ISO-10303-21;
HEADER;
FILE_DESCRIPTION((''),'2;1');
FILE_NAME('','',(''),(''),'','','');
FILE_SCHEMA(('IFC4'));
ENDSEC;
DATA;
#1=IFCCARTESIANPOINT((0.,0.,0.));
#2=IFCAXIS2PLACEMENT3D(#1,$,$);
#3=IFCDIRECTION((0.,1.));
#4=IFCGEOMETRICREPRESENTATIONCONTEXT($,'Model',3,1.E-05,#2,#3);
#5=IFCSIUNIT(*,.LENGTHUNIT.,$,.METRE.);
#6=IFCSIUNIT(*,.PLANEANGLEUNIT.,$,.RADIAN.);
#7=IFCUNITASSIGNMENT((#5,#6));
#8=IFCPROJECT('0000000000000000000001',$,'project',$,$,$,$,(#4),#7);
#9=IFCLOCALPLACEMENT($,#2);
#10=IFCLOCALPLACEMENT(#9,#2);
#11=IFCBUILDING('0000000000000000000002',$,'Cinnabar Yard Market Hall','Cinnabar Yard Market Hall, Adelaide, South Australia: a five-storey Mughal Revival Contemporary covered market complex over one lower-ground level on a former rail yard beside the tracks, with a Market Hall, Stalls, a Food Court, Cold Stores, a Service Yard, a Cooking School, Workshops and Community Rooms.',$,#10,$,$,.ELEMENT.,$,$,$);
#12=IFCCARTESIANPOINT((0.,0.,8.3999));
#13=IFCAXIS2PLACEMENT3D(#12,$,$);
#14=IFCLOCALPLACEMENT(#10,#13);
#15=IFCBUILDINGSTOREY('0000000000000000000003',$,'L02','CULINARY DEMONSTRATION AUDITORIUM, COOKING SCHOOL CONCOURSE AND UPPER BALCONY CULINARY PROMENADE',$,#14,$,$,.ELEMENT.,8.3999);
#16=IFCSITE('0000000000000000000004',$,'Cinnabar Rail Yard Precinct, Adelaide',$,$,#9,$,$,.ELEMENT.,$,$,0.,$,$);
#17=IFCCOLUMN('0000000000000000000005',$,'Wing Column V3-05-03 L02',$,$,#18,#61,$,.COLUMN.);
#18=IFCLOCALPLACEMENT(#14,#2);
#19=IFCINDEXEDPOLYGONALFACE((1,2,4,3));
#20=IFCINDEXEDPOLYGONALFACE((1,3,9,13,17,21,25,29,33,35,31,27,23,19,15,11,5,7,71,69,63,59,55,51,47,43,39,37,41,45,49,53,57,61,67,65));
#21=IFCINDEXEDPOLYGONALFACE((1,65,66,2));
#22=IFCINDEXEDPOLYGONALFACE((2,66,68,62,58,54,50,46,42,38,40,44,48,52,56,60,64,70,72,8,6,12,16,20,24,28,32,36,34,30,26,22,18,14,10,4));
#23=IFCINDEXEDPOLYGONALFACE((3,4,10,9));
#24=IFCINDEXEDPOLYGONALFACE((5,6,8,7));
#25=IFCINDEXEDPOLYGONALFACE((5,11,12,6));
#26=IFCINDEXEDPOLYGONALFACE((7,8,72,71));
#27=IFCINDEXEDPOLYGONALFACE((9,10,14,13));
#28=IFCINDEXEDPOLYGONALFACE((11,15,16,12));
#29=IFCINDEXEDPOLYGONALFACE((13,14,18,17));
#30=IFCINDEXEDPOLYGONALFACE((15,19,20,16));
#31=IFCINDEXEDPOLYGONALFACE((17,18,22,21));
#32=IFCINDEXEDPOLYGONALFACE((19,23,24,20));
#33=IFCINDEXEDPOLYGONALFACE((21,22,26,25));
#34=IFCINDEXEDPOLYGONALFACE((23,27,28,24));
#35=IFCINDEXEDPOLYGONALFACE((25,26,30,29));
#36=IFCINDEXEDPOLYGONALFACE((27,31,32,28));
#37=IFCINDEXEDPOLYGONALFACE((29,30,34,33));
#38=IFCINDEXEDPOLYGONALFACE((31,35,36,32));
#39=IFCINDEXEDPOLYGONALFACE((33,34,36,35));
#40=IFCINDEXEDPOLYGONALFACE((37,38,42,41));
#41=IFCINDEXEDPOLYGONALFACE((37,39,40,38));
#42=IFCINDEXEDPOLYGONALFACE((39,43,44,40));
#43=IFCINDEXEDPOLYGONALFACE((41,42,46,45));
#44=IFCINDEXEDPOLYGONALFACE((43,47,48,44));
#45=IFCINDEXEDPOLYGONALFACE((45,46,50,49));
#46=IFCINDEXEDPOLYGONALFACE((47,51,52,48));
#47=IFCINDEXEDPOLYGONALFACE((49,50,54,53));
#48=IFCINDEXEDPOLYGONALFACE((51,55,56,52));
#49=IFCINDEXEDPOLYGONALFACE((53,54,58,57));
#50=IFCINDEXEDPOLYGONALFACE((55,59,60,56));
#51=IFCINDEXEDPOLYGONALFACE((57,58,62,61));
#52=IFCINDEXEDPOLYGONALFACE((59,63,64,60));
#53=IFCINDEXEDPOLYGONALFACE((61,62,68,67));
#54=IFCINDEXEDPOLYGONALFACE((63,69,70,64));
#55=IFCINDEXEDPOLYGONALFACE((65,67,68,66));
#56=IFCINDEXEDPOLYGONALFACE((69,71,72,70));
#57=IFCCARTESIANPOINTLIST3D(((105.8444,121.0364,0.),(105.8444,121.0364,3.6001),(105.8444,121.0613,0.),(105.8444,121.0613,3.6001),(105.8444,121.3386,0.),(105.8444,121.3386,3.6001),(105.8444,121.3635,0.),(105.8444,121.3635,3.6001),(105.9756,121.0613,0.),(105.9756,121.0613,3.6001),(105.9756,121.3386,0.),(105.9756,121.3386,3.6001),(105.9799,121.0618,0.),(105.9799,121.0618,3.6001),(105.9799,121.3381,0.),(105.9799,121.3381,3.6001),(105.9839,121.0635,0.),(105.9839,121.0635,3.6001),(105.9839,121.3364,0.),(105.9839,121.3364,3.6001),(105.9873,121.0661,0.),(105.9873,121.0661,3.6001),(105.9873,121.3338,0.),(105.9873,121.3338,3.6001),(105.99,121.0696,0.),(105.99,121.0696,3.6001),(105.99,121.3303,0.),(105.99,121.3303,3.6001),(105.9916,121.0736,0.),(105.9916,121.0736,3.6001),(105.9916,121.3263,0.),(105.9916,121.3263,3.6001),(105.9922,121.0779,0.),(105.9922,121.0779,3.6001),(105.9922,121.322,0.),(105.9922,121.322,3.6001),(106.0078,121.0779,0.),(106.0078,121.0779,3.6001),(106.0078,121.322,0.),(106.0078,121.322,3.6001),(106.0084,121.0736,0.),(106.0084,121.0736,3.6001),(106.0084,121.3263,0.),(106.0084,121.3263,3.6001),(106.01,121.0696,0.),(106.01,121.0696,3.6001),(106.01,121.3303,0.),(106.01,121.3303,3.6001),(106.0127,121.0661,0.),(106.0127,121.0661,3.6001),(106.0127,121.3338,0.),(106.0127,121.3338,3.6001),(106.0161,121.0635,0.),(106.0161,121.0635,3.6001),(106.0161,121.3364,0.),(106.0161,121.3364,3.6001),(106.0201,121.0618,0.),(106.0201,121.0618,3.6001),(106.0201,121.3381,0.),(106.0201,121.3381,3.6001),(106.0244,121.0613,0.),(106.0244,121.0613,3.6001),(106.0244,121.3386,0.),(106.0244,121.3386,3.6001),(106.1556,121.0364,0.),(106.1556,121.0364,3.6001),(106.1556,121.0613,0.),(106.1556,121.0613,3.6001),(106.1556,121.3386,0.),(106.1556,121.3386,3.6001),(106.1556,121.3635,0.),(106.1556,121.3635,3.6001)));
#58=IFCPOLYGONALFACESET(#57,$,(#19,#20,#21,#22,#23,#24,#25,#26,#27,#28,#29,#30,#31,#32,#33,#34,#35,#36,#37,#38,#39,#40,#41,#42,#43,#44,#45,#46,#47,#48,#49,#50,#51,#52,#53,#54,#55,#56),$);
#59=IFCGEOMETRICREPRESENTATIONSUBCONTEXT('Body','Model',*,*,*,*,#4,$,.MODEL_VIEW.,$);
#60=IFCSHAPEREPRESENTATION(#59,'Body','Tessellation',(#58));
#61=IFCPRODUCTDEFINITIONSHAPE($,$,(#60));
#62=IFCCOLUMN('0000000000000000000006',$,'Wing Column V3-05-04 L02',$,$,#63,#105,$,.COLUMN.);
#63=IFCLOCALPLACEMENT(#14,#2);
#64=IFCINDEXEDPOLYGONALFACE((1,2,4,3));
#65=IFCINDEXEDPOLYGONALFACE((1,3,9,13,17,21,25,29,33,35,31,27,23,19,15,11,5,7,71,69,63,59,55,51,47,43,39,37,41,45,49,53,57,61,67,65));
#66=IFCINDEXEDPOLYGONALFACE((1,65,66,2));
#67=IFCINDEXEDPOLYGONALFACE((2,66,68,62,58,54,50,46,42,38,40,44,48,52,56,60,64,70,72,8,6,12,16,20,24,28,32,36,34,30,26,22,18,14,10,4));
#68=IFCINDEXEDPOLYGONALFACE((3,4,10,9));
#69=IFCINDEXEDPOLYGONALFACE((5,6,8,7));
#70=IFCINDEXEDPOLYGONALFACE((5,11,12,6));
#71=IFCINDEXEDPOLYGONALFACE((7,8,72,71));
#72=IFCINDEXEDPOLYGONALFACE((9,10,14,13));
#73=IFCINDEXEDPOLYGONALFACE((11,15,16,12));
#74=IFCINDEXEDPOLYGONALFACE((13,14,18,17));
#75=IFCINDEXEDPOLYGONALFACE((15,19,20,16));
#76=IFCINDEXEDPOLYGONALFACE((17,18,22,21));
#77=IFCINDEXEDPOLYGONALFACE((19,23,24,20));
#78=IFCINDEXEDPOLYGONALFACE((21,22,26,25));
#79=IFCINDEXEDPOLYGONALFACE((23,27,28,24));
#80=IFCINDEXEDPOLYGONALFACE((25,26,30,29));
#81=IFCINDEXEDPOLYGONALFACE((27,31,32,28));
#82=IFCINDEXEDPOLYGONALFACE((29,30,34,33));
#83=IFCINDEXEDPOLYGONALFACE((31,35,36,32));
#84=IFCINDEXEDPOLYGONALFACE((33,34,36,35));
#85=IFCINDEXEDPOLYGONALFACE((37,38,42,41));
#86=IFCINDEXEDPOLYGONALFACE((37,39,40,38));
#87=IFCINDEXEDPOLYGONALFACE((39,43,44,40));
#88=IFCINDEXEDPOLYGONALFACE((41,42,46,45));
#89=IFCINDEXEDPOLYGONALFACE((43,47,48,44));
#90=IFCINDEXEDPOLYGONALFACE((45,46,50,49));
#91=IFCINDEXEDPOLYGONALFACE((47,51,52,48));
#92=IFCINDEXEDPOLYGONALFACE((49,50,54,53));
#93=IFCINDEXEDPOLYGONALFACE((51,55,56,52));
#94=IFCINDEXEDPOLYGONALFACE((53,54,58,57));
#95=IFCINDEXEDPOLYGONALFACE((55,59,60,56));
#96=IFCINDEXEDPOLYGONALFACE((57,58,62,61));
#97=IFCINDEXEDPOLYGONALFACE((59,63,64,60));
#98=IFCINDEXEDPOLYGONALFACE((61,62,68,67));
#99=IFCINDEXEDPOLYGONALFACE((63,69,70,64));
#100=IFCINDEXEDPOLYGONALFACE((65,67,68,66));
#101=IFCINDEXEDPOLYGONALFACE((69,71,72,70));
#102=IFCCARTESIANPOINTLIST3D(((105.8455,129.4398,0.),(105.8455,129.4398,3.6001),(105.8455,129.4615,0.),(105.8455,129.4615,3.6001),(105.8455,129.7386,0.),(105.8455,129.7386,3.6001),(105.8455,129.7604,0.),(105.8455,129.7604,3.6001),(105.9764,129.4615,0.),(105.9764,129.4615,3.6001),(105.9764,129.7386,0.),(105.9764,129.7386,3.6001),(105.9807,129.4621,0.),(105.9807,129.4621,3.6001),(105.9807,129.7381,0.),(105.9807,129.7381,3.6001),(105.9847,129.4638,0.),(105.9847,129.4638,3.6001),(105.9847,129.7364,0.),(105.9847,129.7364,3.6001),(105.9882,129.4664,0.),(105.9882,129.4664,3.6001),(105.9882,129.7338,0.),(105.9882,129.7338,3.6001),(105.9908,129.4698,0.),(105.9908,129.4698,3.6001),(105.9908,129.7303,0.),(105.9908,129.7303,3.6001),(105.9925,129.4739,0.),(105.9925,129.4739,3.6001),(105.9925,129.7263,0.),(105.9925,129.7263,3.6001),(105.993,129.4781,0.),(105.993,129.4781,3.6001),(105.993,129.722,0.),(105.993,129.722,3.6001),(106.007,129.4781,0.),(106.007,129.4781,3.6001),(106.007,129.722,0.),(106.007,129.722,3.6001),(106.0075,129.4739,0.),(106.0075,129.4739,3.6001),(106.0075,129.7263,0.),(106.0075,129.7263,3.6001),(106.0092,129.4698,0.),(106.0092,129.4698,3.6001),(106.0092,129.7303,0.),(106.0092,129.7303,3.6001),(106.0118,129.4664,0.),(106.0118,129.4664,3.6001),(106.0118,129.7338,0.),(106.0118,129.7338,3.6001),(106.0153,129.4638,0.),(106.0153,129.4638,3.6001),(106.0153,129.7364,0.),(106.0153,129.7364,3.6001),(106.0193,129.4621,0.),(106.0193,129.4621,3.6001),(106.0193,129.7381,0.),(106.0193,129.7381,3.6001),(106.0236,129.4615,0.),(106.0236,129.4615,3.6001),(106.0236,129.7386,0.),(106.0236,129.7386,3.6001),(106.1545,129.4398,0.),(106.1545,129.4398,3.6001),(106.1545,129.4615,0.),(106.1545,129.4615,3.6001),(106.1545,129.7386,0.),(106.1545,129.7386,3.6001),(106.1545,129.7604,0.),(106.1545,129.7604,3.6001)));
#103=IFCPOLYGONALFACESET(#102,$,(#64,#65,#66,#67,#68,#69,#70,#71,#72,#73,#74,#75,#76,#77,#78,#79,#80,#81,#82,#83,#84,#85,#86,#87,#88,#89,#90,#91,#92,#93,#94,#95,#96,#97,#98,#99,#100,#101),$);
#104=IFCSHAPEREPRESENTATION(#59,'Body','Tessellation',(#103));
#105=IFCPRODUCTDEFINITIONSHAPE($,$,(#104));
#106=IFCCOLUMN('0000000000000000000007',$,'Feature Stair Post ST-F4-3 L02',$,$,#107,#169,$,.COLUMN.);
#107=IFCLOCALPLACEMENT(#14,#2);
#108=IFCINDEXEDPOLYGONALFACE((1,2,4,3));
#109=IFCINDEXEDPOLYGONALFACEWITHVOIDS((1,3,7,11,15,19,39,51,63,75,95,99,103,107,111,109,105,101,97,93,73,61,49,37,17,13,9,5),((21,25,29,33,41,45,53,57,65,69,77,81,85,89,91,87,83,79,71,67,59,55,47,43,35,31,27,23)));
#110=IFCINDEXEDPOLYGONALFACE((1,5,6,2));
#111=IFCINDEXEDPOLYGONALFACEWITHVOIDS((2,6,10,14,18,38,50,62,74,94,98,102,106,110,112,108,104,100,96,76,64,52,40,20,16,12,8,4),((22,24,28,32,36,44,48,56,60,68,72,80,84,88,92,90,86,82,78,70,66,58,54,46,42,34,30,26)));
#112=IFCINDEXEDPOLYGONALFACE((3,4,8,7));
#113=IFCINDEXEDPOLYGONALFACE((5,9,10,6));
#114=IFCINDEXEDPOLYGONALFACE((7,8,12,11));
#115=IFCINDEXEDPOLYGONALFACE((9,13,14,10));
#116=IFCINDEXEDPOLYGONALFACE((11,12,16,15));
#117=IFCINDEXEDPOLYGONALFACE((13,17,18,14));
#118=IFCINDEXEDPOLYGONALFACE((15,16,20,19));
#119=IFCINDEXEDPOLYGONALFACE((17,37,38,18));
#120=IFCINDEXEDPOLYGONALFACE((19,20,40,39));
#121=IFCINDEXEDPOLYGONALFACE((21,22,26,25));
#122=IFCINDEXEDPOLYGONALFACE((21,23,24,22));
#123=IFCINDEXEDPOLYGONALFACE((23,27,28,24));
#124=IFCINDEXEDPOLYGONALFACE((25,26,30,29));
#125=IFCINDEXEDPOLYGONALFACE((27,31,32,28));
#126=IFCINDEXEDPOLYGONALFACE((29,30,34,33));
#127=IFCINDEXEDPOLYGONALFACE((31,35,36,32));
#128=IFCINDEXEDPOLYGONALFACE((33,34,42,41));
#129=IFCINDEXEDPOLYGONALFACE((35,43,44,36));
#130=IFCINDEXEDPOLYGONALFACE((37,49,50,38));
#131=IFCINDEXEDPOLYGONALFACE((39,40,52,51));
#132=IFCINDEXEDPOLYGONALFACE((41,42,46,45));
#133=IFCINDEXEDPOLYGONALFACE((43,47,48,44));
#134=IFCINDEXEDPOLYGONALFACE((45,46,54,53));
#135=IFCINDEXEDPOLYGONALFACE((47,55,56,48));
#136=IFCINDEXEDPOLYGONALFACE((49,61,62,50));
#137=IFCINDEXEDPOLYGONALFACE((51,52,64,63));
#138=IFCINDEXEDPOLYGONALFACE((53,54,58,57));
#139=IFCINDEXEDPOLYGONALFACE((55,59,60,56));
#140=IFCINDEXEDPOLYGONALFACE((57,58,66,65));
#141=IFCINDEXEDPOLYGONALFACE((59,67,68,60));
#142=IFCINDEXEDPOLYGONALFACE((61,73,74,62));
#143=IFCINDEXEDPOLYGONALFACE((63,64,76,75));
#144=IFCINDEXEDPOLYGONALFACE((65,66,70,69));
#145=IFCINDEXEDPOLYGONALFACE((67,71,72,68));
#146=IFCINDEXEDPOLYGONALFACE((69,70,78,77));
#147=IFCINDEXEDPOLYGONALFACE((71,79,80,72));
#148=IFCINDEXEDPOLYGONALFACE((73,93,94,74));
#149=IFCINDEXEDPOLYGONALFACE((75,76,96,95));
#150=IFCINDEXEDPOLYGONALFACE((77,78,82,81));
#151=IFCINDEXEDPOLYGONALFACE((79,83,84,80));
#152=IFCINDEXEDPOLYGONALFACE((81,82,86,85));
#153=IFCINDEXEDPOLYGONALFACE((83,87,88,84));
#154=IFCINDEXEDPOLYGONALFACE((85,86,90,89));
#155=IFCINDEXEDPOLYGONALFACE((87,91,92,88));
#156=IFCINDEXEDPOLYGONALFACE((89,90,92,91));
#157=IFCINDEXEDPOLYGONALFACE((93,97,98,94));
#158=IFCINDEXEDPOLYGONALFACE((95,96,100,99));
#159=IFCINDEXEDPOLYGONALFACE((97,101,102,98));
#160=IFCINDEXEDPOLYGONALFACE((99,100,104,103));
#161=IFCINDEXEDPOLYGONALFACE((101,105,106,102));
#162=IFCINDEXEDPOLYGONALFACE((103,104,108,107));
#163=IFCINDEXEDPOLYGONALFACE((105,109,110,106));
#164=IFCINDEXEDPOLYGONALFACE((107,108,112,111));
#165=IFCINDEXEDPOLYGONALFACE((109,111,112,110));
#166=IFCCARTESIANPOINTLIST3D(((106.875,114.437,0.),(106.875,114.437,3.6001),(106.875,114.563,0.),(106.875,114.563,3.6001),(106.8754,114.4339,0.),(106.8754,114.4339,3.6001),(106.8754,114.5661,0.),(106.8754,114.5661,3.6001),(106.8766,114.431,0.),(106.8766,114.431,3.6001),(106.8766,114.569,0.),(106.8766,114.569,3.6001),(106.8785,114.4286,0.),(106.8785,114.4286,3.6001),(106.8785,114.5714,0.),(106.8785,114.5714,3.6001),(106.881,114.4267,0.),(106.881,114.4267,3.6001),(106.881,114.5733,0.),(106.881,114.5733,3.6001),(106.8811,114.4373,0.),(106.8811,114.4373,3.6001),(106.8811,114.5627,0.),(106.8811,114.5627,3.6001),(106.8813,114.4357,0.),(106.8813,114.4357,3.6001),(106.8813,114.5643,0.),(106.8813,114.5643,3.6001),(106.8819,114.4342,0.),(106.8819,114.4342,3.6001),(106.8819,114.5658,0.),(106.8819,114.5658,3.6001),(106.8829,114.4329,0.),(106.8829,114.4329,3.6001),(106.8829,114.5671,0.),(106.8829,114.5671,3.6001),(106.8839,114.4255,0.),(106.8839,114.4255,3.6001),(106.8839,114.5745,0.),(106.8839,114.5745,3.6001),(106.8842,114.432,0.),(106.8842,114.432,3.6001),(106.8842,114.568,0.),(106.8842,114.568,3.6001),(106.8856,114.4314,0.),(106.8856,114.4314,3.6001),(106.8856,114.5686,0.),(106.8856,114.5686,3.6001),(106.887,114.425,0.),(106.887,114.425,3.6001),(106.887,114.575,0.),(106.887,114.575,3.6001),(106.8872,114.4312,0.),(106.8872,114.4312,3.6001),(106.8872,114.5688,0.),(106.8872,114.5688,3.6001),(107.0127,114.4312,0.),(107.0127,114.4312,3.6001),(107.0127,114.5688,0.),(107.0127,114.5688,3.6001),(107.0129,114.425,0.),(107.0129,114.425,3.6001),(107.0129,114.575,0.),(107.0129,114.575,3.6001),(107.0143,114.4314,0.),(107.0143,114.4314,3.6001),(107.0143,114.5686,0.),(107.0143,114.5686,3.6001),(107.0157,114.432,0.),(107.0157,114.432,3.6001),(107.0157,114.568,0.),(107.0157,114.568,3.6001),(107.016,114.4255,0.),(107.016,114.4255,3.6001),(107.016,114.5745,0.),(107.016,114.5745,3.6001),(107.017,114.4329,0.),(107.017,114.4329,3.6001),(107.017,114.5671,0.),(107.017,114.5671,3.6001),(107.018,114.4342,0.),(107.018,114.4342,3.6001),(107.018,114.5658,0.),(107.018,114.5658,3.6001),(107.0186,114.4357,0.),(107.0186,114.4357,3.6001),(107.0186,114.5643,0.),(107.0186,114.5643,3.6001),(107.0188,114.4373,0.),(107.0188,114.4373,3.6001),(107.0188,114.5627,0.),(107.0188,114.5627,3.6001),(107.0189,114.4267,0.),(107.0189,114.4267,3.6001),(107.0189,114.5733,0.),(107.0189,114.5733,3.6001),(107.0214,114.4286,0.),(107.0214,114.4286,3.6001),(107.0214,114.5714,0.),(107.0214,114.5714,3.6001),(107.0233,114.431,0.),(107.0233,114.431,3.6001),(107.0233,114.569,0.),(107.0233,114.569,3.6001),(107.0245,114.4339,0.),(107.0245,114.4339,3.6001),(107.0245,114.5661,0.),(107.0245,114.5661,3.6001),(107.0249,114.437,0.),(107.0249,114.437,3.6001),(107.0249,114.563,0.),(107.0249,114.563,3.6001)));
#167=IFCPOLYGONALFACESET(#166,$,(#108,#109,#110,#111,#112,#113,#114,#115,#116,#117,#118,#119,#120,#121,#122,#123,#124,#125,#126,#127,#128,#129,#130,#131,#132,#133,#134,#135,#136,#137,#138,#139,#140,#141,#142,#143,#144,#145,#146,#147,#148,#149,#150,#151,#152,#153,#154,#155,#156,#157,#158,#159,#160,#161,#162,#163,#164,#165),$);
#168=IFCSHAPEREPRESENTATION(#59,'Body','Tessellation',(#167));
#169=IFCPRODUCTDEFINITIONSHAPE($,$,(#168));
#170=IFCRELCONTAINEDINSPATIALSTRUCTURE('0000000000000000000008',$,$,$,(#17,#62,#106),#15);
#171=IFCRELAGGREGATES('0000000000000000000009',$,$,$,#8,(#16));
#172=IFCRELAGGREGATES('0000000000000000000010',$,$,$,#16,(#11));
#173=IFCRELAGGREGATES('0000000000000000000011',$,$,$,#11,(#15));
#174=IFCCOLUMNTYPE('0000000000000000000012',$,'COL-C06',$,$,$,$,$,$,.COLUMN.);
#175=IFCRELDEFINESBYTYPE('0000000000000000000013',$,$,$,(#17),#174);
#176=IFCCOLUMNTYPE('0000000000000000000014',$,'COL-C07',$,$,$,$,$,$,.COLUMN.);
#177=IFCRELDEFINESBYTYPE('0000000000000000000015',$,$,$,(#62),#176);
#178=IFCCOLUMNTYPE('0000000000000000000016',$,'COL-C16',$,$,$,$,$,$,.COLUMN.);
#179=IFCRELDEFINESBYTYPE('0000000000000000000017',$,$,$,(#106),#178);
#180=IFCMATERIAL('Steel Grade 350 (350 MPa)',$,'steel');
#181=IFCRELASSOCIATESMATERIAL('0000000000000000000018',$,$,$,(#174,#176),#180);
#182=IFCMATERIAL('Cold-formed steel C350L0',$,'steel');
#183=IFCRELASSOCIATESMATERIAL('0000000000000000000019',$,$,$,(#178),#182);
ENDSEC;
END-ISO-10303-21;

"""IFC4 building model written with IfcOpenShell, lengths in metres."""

from ifc_helpers import new_model, si_unit, direction, frame, origin, origin_2d_with_axis, place, context, subcontext, project, spatial, hollow_rectangle, i_section, extrude, material, material_profile, profile_set, type_object, element, save


model = new_model("IFC4")

# Units and contexts
model_context = context("Model", 3, precision=1e-05, world=origin(), true_north=direction((0.0, 1.0)))
body_context = subcontext(model_context, "Body", "Model", "MODEL_VIEW")
ifc_project = project(units=[si_unit("LENGTHUNIT", "METRE"), si_unit("PLANEANGLEUNIT", "RADIAN")], contexts=[model_context])

# Site, building, storey
site_placement = place(None, origin())
site = spatial("IfcSite", under=ifc_project, at=site_placement, Name="Cinnabar Rail Yard Precinct, Adelaide", CompositionType="ELEMENT", RefElevation=0.0)
building_placement = place(site_placement, origin())
building = spatial("IfcBuilding", under=site, at=building_placement, Name="Cinnabar Yard Market Hall", Description="Cinnabar Yard Market Hall, Adelaide, South Australia: a five-storey Mughal Revival Contemporary covered market complex over one lower-ground level on a former rail yard beside the tracks, with a Market Hall, Stalls, a Food Court, Cold Stores, a Service Yard, a Cooking School, Workshops and Community Rooms.", CompositionType="ELEMENT")
storey_placement = place(building_placement, frame((0.0, 0.0, 8.3999)))
storey = spatial("IfcBuildingStorey", under=building, at=storey_placement, Name="L02", Description="CULINARY DEMONSTRATION AUDITORIUM, COOKING SCHOOL CONCOURSE AND UPPER BALCONY CULINARY PROMENADE", CompositionType="ELEMENT", Elevation=8.3999)

# Columns
ifc_material_1 = material(Name="Steel Grade 350 (350 MPa)", Category="steel")
ifc_material_profile_1 = material_profile(ifc_material_1, i_section(OverallWidth=0.3113, OverallDepth=0.3271, WebThickness=0.0156, FlangeThickness=0.0249, FilletRadius=0.0166, at=origin_2d_with_axis()), Name="310UC158")
ifc_profile_set_1 = profile_set([ifc_material_profile_1], Name="Steel Grade 350 (350 MPa)")
column_type_1 = type_object("IfcColumnType", Name="COL-C06", PredefinedType="COLUMN", material=ifc_profile_set_1)
column_1_placement = place(storey_placement, frame((106.0, 121.2, 0.0), z_axis=(0.0, 0.0, 1.0), x_axis=(1.0, 0.0, 0.0)))
element("IfcColumn", 1, at=column_1_placement, inside=storey, type_object=column_type_1, Name="Wing Column V3-05-03 L02", PredefinedType="COLUMN", context=body_context, shape_type="SweptSolid", body=[
    extrude(i_section(OverallWidth=0.3113, OverallDepth=0.3271, WebThickness=0.0156, FlangeThickness=0.0249, FilletRadius=0.0166, at=origin_2d_with_axis()), origin(), (0.0, 0.0, 1.0), 3.6001),
])
ifc_material_profile_2 = material_profile(ifc_material_1, i_section(OverallWidth=0.3091, OverallDepth=0.3206, WebThickness=0.0139, FlangeThickness=0.0217, FilletRadius=0.0166, at=origin_2d_with_axis()), Name="310UC137")
ifc_profile_set_2 = profile_set([ifc_material_profile_2], Name="Steel Grade 350 (350 MPa)")
column_type_2 = type_object("IfcColumnType", Name="COL-C07", PredefinedType="COLUMN", material=ifc_profile_set_2)
column_2_placement = place(storey_placement, frame((106.0, 129.6001, 0.0), z_axis=(0.0, 0.0, 1.0), x_axis=(1.0, 0.0, 0.0)))
element("IfcColumn", 2, at=column_2_placement, inside=storey, type_object=column_type_2, Name="Wing Column V3-05-04 L02", PredefinedType="COLUMN", context=body_context, shape_type="SweptSolid", body=[
    extrude(i_section(OverallWidth=0.3091, OverallDepth=0.3206, WebThickness=0.0139, FlangeThickness=0.0217, FilletRadius=0.0166, at=origin_2d_with_axis()), origin(), (0.0, 0.0, 1.0), 3.6001),
])
ifc_material_2 = material(Name="Cold-formed steel C350L0", Category="steel")
ifc_material_profile_3 = material_profile(ifc_material_2, hollow_rectangle(XDim=0.1499, YDim=0.1499, WallThickness=0.0061, InnerFilletRadius=0.0061, OuterFilletRadius=0.012, at=origin_2d_with_axis()), Name="150x150x6.0SHS")
ifc_profile_set_3 = profile_set([ifc_material_profile_3], Name="Cold-formed steel C350L0")
column_type_3 = type_object("IfcColumnType", Name="COL-C16", PredefinedType="COLUMN", material=ifc_profile_set_3)
column_3_placement = place(storey_placement, frame((106.95, 114.5, 0.0), z_axis=(0.0, 0.0, 1.0), x_axis=(1.0, 0.0, 0.0)))
element("IfcColumn", 3, at=column_3_placement, inside=storey, type_object=column_type_3, Name="Feature Stair Post ST-F4-3 L02", PredefinedType="COLUMN", context=body_context, shape_type="SweptSolid", body=[
    extrude(hollow_rectangle(XDim=0.1499, YDim=0.1499, WallThickness=0.0061, InnerFilletRadius=0.0061, OuterFilletRadius=0.012, at=origin_2d_with_axis()), origin(), (0.0, 0.0, 1.0), 3.6001),
])

save(model, "model.ifc")
